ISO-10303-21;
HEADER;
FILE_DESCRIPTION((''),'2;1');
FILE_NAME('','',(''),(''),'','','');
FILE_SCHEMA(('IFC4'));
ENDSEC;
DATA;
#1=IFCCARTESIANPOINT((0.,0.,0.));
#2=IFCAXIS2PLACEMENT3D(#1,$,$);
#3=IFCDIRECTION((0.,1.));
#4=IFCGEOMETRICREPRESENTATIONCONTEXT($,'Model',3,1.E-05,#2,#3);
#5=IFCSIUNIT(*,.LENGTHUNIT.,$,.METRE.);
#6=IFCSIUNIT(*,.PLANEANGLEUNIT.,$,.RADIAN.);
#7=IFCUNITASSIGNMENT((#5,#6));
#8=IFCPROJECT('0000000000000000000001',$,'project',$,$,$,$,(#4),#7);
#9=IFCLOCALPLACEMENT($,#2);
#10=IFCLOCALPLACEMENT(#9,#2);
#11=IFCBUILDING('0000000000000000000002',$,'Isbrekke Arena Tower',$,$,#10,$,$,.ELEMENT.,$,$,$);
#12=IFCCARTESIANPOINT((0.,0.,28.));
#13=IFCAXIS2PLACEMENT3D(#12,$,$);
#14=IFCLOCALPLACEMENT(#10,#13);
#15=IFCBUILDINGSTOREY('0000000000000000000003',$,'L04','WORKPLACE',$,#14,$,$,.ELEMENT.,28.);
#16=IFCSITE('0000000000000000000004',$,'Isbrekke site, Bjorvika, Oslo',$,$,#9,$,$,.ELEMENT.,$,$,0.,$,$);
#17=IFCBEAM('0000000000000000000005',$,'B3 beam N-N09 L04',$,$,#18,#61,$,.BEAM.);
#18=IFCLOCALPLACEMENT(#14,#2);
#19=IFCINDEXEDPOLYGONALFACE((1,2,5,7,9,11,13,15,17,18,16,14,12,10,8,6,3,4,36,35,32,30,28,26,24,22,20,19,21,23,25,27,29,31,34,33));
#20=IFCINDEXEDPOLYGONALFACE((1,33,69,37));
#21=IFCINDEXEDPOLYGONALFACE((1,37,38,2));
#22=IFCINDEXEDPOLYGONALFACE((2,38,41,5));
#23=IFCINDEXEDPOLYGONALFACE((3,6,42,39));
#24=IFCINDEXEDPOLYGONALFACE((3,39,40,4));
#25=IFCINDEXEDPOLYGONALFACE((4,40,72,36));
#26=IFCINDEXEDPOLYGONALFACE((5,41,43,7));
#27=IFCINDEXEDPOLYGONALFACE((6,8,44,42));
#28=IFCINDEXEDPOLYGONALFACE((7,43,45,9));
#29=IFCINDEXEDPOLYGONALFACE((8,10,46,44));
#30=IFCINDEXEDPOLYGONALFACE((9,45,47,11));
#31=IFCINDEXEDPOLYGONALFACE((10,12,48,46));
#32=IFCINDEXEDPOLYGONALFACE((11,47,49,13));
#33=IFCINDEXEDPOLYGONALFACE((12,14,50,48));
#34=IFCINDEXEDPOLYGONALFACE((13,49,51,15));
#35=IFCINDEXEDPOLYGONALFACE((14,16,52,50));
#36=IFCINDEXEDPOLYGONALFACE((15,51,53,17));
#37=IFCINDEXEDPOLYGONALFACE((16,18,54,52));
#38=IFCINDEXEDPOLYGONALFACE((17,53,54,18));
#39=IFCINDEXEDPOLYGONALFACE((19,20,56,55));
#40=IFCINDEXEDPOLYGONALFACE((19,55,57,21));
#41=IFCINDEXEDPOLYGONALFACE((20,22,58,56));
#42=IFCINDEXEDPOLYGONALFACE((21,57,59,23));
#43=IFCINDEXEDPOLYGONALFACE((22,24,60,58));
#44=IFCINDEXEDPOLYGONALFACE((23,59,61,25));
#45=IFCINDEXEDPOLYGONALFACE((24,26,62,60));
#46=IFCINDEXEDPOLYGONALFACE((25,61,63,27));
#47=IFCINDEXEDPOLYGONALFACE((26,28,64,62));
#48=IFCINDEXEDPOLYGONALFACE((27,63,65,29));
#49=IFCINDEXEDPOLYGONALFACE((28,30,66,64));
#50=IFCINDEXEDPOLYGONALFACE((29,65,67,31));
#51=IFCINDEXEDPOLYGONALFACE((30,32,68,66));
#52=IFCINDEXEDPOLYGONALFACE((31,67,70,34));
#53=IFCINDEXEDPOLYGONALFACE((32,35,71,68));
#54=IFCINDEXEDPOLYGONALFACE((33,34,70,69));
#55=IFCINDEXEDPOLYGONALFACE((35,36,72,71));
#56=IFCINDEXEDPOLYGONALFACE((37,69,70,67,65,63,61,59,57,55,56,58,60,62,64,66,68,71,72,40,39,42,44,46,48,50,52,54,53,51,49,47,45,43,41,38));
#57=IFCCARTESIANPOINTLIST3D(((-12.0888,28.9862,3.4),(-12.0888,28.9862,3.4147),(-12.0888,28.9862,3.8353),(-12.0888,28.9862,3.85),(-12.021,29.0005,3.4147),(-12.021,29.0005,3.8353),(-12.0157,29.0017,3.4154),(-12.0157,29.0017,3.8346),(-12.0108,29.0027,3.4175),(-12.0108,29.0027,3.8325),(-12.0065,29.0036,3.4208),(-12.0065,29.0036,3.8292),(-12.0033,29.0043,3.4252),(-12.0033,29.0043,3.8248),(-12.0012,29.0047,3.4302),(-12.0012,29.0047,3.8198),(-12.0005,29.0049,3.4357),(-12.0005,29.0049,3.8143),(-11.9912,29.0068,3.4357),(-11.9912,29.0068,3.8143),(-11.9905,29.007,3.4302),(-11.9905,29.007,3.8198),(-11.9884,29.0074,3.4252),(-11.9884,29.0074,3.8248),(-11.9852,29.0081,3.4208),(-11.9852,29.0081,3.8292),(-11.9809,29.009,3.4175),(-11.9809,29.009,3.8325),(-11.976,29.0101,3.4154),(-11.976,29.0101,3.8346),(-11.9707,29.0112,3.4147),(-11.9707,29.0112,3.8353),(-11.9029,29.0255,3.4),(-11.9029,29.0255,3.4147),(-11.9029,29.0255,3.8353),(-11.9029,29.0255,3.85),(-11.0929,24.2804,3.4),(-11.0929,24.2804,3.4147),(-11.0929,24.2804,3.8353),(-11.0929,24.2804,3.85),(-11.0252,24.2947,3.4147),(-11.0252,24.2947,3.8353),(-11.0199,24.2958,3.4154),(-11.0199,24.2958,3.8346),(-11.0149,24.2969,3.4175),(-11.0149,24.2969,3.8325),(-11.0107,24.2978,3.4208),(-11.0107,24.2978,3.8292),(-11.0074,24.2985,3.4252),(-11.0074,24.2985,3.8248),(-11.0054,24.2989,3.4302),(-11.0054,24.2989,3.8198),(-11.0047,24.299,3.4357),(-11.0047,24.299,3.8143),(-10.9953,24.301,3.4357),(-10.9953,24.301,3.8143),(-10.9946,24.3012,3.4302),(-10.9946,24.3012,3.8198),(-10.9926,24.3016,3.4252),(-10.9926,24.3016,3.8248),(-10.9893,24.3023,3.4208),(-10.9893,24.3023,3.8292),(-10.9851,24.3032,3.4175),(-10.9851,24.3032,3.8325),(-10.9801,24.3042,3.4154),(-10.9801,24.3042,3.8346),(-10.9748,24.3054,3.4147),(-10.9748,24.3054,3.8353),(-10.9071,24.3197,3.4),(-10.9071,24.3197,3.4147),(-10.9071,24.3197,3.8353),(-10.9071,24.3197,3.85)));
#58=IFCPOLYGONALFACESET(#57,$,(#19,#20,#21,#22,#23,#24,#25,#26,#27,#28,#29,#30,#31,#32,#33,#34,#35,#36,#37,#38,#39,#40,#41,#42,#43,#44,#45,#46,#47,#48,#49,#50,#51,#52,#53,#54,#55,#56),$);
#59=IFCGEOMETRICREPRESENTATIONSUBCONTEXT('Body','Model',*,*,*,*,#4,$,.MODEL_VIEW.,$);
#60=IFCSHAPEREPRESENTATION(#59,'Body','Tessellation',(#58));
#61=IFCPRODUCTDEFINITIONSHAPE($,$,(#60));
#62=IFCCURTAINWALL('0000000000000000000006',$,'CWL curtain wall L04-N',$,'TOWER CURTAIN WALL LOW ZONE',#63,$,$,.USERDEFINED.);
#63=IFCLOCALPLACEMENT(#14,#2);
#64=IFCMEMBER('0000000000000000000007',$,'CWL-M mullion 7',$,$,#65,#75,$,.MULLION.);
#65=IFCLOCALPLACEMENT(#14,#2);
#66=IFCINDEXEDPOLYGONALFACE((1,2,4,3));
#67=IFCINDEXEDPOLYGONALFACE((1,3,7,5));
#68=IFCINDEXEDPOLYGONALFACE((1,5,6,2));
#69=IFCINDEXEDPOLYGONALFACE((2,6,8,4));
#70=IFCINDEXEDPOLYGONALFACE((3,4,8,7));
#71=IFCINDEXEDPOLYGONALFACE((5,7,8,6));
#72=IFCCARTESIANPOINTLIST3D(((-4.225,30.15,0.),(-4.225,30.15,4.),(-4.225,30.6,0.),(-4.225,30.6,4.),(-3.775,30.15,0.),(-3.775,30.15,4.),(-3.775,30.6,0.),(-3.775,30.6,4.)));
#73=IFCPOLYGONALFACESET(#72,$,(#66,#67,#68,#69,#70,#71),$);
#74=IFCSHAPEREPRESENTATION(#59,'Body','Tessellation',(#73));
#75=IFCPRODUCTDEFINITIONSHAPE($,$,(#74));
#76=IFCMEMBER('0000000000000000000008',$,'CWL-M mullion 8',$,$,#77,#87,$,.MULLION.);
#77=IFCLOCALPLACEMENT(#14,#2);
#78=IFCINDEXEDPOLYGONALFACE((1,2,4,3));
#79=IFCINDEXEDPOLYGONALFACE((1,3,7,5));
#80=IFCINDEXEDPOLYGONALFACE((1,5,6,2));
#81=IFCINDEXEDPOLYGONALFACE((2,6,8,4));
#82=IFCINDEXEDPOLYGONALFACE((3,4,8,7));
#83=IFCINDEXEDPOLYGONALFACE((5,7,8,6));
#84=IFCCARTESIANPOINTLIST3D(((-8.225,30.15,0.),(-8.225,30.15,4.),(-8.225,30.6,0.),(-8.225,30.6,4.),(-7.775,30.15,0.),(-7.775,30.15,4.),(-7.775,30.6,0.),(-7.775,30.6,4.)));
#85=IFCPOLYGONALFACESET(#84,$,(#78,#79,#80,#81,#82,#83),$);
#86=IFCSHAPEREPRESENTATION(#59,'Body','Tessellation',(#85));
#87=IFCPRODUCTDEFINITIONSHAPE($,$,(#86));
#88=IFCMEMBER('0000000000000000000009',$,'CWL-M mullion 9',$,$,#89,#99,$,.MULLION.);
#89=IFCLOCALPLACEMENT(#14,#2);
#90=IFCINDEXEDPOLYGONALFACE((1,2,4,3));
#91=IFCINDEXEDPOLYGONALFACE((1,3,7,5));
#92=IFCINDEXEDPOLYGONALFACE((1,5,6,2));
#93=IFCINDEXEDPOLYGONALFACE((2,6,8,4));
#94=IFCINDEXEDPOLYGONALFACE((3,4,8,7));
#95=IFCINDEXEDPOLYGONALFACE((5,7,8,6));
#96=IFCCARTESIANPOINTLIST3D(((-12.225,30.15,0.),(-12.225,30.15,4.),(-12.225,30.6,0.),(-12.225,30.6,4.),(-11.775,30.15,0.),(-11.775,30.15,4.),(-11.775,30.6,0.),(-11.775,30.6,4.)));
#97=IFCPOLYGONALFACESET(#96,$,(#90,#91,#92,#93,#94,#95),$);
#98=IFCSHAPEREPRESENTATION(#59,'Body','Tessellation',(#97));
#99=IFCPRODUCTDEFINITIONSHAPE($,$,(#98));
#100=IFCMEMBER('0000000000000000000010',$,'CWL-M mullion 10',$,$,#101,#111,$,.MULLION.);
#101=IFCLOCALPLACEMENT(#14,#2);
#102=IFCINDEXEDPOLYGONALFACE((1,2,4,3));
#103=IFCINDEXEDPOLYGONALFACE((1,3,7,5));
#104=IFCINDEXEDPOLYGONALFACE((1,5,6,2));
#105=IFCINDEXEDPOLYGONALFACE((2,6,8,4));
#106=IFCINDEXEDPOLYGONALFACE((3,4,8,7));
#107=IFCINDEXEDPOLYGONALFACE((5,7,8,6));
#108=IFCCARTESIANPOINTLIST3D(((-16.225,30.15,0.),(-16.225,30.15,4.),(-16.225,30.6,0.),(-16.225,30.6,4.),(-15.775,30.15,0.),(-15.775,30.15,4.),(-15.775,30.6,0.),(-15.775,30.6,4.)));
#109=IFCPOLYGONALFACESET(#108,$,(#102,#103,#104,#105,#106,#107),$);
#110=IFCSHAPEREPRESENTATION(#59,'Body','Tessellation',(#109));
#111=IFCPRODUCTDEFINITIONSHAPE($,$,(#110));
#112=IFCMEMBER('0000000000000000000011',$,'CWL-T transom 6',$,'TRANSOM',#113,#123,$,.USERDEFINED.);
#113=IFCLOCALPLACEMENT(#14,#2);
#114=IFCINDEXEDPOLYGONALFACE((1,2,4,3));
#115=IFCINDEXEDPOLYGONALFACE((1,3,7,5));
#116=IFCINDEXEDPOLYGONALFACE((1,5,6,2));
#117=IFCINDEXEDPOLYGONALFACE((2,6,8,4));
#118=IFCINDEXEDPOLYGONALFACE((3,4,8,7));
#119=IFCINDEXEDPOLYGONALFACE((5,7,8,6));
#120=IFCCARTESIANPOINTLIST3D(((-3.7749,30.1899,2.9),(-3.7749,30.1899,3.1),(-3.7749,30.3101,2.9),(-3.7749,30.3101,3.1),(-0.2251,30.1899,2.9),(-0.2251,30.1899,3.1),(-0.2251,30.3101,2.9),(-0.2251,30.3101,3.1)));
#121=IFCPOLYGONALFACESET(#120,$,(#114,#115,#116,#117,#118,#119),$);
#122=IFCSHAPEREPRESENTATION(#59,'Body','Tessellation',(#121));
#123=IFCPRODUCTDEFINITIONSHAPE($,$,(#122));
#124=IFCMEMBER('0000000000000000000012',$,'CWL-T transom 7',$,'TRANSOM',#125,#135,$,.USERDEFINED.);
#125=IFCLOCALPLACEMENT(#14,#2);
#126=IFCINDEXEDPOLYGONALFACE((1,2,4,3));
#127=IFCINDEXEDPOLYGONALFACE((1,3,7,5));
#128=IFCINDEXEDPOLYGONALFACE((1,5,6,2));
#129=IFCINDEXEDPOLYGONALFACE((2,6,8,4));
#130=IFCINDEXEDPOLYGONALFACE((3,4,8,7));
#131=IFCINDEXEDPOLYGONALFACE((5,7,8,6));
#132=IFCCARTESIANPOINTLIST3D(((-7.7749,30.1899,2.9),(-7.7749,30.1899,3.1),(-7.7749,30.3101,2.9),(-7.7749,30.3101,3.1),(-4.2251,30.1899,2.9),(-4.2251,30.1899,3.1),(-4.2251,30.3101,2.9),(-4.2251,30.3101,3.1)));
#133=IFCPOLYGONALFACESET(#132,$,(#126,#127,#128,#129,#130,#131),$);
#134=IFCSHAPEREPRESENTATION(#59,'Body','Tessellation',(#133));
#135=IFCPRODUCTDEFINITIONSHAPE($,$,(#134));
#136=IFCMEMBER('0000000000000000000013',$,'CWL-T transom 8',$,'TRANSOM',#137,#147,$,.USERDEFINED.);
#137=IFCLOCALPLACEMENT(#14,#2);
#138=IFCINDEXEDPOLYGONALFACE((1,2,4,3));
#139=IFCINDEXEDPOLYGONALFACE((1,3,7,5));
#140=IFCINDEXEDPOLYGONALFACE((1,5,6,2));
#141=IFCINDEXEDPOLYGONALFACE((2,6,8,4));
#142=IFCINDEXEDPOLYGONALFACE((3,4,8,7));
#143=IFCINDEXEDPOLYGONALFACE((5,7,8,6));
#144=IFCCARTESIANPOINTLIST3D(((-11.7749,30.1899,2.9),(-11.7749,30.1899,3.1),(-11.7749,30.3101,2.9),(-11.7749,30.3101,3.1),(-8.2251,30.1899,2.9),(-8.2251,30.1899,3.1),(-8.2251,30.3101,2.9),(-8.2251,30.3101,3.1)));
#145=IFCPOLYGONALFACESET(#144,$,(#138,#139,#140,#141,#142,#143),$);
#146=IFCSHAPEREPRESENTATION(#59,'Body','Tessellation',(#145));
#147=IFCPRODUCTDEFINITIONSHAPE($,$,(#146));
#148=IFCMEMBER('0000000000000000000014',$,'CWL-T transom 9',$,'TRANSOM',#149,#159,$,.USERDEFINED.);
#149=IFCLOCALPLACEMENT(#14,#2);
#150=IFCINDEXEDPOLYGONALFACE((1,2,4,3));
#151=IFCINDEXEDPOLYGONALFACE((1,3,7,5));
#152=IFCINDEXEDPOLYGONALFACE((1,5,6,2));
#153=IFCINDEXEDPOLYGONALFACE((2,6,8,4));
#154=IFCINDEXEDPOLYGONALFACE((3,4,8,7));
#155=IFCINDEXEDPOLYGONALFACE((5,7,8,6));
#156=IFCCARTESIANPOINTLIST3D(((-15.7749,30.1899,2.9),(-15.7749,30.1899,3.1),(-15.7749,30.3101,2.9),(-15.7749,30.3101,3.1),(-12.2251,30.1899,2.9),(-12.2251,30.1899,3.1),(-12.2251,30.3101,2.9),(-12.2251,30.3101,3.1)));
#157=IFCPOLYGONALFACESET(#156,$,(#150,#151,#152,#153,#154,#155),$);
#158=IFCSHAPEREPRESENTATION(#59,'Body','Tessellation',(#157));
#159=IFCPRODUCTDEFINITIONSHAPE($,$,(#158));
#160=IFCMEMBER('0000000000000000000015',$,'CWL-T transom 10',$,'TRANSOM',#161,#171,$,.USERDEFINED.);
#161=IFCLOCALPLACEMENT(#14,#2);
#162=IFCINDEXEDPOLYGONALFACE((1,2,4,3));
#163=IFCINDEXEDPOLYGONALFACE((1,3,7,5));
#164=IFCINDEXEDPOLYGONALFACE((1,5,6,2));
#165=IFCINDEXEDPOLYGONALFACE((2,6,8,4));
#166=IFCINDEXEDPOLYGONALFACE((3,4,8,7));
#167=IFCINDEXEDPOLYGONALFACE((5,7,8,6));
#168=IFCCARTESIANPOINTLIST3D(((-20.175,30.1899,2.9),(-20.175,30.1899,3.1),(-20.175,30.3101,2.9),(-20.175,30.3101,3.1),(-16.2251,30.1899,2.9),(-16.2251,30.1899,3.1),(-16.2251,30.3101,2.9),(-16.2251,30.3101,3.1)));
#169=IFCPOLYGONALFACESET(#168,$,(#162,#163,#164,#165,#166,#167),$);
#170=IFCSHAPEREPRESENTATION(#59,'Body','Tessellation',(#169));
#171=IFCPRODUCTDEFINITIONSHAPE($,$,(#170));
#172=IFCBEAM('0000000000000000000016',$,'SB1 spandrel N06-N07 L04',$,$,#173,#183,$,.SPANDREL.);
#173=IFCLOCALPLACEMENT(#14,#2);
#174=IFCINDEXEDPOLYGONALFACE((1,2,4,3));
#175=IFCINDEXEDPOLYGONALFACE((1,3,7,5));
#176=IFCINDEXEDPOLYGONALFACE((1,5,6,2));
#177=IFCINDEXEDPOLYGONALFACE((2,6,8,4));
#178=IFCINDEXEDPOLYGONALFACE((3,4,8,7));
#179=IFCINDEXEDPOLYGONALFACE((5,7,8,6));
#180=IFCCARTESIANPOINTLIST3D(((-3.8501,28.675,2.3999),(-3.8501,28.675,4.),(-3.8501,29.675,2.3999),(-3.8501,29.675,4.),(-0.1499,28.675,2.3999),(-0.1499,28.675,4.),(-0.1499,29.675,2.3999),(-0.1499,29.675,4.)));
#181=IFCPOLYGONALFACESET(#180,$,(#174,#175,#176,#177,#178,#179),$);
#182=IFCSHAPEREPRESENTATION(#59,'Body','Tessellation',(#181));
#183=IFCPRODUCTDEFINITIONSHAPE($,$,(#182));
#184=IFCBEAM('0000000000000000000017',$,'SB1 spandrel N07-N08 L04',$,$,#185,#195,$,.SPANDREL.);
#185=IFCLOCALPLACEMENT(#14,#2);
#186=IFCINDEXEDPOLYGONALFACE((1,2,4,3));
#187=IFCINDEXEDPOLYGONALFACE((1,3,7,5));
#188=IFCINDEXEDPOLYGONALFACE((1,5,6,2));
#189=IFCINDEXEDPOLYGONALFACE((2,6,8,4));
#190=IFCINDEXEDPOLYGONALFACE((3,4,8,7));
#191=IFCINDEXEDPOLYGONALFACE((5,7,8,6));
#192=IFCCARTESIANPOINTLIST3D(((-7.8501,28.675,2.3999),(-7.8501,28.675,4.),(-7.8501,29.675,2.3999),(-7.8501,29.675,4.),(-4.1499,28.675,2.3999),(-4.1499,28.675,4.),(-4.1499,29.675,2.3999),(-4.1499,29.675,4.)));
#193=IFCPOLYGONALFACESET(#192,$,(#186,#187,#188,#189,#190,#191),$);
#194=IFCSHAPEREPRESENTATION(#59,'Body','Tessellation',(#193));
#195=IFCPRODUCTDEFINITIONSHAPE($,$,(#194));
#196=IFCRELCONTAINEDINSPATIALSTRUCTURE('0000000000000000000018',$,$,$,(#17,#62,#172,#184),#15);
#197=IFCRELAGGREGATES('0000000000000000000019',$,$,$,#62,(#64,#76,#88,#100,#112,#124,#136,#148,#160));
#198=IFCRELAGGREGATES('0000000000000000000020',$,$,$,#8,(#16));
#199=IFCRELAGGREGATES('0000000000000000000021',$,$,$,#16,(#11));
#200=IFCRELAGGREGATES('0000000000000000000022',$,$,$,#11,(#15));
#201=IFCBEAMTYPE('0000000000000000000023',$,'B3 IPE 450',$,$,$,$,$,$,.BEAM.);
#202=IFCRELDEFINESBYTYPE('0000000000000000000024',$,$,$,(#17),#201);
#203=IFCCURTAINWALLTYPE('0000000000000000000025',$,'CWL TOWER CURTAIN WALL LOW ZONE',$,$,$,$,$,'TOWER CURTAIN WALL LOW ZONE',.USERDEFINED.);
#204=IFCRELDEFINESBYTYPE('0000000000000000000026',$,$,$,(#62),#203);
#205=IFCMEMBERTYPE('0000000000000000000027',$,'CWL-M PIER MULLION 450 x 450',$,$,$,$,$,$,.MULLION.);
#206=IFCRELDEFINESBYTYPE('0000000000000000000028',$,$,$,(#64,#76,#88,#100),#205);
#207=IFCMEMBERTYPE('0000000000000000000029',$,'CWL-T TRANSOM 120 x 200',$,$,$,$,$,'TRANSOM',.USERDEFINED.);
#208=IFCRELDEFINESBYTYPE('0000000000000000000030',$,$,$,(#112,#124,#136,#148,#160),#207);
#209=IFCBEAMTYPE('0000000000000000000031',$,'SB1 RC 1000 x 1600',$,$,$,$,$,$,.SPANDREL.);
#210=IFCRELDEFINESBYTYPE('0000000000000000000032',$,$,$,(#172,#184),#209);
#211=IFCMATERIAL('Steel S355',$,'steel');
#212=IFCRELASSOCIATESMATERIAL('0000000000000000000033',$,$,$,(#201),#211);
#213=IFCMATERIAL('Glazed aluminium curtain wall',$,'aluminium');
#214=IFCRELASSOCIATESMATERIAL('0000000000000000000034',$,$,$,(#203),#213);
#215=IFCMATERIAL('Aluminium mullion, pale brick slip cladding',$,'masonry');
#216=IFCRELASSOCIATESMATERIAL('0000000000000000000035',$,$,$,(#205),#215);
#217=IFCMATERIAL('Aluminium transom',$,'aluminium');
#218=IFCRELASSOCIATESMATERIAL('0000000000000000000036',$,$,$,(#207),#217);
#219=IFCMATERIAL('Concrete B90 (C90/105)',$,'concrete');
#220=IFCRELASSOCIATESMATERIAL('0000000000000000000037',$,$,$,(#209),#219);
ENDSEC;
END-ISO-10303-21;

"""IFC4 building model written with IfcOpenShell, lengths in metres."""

from ifc_helpers import new_model, si_unit, direction, frame, origin, origin_2d, place, context, subcontext, project, spatial, rectangle, i_section, extrude, material, material_profile, profile_set, type_object, element, aggregate, save


model = new_model("IFC4")

# Units and contexts
model_context = context("Model", 3, precision=1e-05, world=origin(), true_north=direction((0.0, 1.0)))
body_context = subcontext(model_context, "Body", "Model", "MODEL_VIEW")
ifc_project = project(units=[si_unit("LENGTHUNIT", "METRE"), si_unit("PLANEANGLEUNIT", "RADIAN")], contexts=[model_context])

# Site, building, storey
site_placement = place(None, origin())
site = spatial("IfcSite", under=ifc_project, at=site_placement, Name="Isbrekke site, Bjorvika, Oslo", CompositionType="ELEMENT", RefElevation=0.0)
building_placement = place(site_placement, origin())
building = spatial("IfcBuilding", under=site, at=building_placement, Name="Isbrekke Arena Tower", CompositionType="ELEMENT")
storey_placement = place(building_placement, frame((0.0, 0.0, 28.0)))
storey = spatial("IfcBuildingStorey", under=building, at=storey_placement, Name="L04", Description="WORKPLACE", CompositionType="ELEMENT", Elevation=28.0)

# Beam
ifc_material_1 = material(Name="Steel S355", Category="steel")
ifc_material_profile_1 = material_profile(ifc_material_1, i_section(OverallWidth=0.1899, OverallDepth=0.45, WebThickness=0.0095, FlangeThickness=0.0146, FilletRadius=0.021, at=origin_2d()), Name="IPE 450")
ifc_profile_set_1 = profile_set([ifc_material_profile_1], Name="Steel S355")
beam_type_1 = type_object("IfcBeamType", Name="B3 IPE 450", PredefinedType="BEAM", material=ifc_profile_set_1)
beam_1_placement = place(storey_placement, frame((-11.9958, 29.0059, 3.625), z_axis=(0.207036, -0.978333, 0.0), x_axis=(0.978333, 0.207036, 0.0)))
element("IfcBeam", 1, at=beam_1_placement, inside=storey, type_object=beam_type_1, Name="B3 beam N-N09 L04", PredefinedType="BEAM", context=body_context, shape_type="SweptSolid", body=[
    extrude(i_section(OverallWidth=0.1899, OverallDepth=0.45, WebThickness=0.0095, FlangeThickness=0.0146, FilletRadius=0.021, at=origin_2d()), origin(), (0.0, 0.0, 1.0), 4.8101),
])

# Curtain wall, members
ifc_material_2 = material(Name="Glazed aluminium curtain wall", Category="aluminium")
curtain_wall_type = type_object("IfcCurtainWallType", Name="CWL TOWER CURTAIN WALL LOW ZONE", ElementType="TOWER CURTAIN WALL LOW ZONE", PredefinedType="USERDEFINED", material=ifc_material_2)
curtain_wall_placement = place(storey_placement, origin())
curtain_wall = element("IfcCurtainWall", 2, at=curtain_wall_placement, inside=storey, type_object=curtain_wall_type, Name="CWL curtain wall L04-N", ObjectType="TOWER CURTAIN WALL LOW ZONE", PredefinedType="USERDEFINED")
ifc_material_3 = material(Name="Aluminium mullion, pale brick slip cladding", Category="masonry")
ifc_material_profile_2 = material_profile(ifc_material_3, rectangle(XDim=0.45, YDim=0.45, at=origin_2d()), Name="PIER 450X450")
ifc_profile_set_2 = profile_set([ifc_material_profile_2], Name="Aluminium mullion, pale brick slip cladding")
member_type_1 = type_object("IfcMemberType", Name="CWL-M PIER MULLION 450 x 450", PredefinedType="MULLION", material=ifc_profile_set_2)
member_1_placement = place(storey_placement, frame((-4.0, 30.375, 0.0), z_axis=(0.0, 0.0, 1.0), x_axis=(-1.0, 0.0, 0.0)))
member_1 = element("IfcMember", 3, at=member_1_placement, type_object=member_type_1, Name="CWL-M mullion 7", PredefinedType="MULLION", context=body_context, shape_type="SweptSolid", body=[
    extrude(rectangle(XDim=0.45, YDim=0.45, at=origin_2d()), origin(), (0.0, 0.0, 1.0), 4.0),
])
member_2_placement = place(storey_placement, frame((-8.0, 30.375, 0.0), z_axis=(0.0, 0.0, 1.0), x_axis=(-1.0, 0.0, 0.0)))
member_2 = element("IfcMember", 4, at=member_2_placement, type_object=member_type_1, Name="CWL-M mullion 8", PredefinedType="MULLION", context=body_context, shape_type="SweptSolid", body=[
    extrude(rectangle(XDim=0.45, YDim=0.45, at=origin_2d()), origin(), (0.0, 0.0, 1.0), 4.0),
])
member_3_placement = place(storey_placement, frame((-12.0, 30.375, 0.0), z_axis=(0.0, 0.0, 1.0), x_axis=(-1.0, 0.0, 0.0)))
member_3 = element("IfcMember", 5, at=member_3_placement, type_object=member_type_1, Name="CWL-M mullion 9", PredefinedType="MULLION", context=body_context, shape_type="SweptSolid", body=[
    extrude(rectangle(XDim=0.45, YDim=0.45, at=origin_2d()), origin(), (0.0, 0.0, 1.0), 4.0),
])
member_4_placement = place(storey_placement, frame((-16.0, 30.375, 0.0), z_axis=(0.0, 0.0, 1.0), x_axis=(-1.0, 0.0, 0.0)))
member_4 = element("IfcMember", 6, at=member_4_placement, type_object=member_type_1, Name="CWL-M mullion 10", PredefinedType="MULLION", context=body_context, shape_type="SweptSolid", body=[
    extrude(rectangle(XDim=0.45, YDim=0.45, at=origin_2d()), origin(), (0.0, 0.0, 1.0), 4.0),
])
ifc_material_4 = material(Name="Aluminium transom", Category="aluminium")
ifc_material_profile_3 = material_profile(ifc_material_4, rectangle(XDim=0.1201, YDim=0.2, at=origin_2d()), Name="TRANSOM 120X200")
ifc_profile_set_3 = profile_set([ifc_material_profile_3], Name="Aluminium transom")
member_type_2 = type_object("IfcMemberType", Name="CWL-T TRANSOM 120 x 200", ElementType="TRANSOM", PredefinedType="USERDEFINED", material=ifc_profile_set_3)
member_5_placement = place(storey_placement, frame((-0.2251, 30.25, 3.0), z_axis=(-1.0, 0.0, 0.0), x_axis=(0.0, -1.0, 0.0)))
member_5 = element("IfcMember", 7, at=member_5_placement, type_object=member_type_2, Name="CWL-T transom 6", ObjectType="TRANSOM", PredefinedType="USERDEFINED", context=body_context, shape_type="SweptSolid", body=[
    extrude(rectangle(XDim=0.1201, YDim=0.2, at=origin_2d()), origin(), (0.0, 0.0, 1.0), 3.5498),
])
member_6_placement = place(storey_placement, frame((-4.2251, 30.25, 3.0), z_axis=(-1.0, 0.0, 0.0), x_axis=(0.0, -1.0, 0.0)))
member_6 = element("IfcMember", 8, at=member_6_placement, type_object=member_type_2, Name="CWL-T transom 7", ObjectType="TRANSOM", PredefinedType="USERDEFINED", context=body_context, shape_type="SweptSolid", body=[
    extrude(rectangle(XDim=0.1201, YDim=0.2, at=origin_2d()), origin(), (0.0, 0.0, 1.0), 3.5498),
])
member_7_placement = place(storey_placement, frame((-8.2251, 30.25, 3.0), z_axis=(-1.0, 0.0, 0.0), x_axis=(0.0, -1.0, 0.0)))
member_7 = element("IfcMember", 9, at=member_7_placement, type_object=member_type_2, Name="CWL-T transom 8", ObjectType="TRANSOM", PredefinedType="USERDEFINED", context=body_context, shape_type="SweptSolid", body=[
    extrude(rectangle(XDim=0.1201, YDim=0.2, at=origin_2d()), origin(), (0.0, 0.0, 1.0), 3.5498),
])
member_8_placement = place(storey_placement, frame((-12.2251, 30.25, 3.0), z_axis=(-1.0, 0.0, 0.0), x_axis=(0.0, -1.0, 0.0)))
member_8 = element("IfcMember", 10, at=member_8_placement, type_object=member_type_2, Name="CWL-T transom 9", ObjectType="TRANSOM", PredefinedType="USERDEFINED", context=body_context, shape_type="SweptSolid", body=[
    extrude(rectangle(XDim=0.1201, YDim=0.2, at=origin_2d()), origin(), (0.0, 0.0, 1.0), 3.5498),
])
member_9_placement = place(storey_placement, frame((-16.2251, 30.25, 3.0), z_axis=(-1.0, 0.0, 0.0), x_axis=(0.0, -1.0, 0.0)))
member_9 = element("IfcMember", 11, at=member_9_placement, type_object=member_type_2, Name="CWL-T transom 10", ObjectType="TRANSOM", PredefinedType="USERDEFINED", context=body_context, shape_type="SweptSolid", body=[
    extrude(rectangle(XDim=0.1201, YDim=0.2, at=origin_2d()), origin(), (0.0, 0.0, 1.0), 3.95),
])

# Beams
ifc_material_5 = material(Name="Concrete B90 (C90/105)", Category="concrete")
ifc_material_profile_4 = material_profile(ifc_material_5, rectangle(XDim=1.0, YDim=1.6001, at=origin_2d()), Name="RC 1000x1600")
ifc_profile_set_4 = profile_set([ifc_material_profile_4], Name="Concrete B90 (C90/105)")
beam_type_2 = type_object("IfcBeamType", Name="SB1 RC 1000 x 1600", PredefinedType="SPANDREL", material=ifc_profile_set_4)
for number, where, z_axis, x_axis, name in (
    (12, (-0.1499, 29.175, 3.2), (-1.0, 0.0, 0.0), (0.0, -1.0, 0.0), "SB1 spandrel N06-N07 L04"),
    (13, (-4.1499, 29.175, 3.2), (-1.0, 0.0, 0.0), (0.0, -1.0, 0.0), "SB1 spandrel N07-N08 L04"),
):
    element("IfcBeam", number, at=place(storey_placement, frame(where, z_axis=z_axis, x_axis=x_axis)), inside=storey, type_object=beam_type_2, Name=name, PredefinedType="SPANDREL", context=body_context, shape_type="SweptSolid", body=[
        extrude(rectangle(XDim=1.0, YDim=1.6001, at=origin_2d()), origin(), (0.0, 0.0, 1.0), 3.7002),
    ])

aggregate(curtain_wall, [member_1, member_2, member_3, member_4, member_5, member_6, member_7, member_8, member_9])

save(model, "model.ifc")
